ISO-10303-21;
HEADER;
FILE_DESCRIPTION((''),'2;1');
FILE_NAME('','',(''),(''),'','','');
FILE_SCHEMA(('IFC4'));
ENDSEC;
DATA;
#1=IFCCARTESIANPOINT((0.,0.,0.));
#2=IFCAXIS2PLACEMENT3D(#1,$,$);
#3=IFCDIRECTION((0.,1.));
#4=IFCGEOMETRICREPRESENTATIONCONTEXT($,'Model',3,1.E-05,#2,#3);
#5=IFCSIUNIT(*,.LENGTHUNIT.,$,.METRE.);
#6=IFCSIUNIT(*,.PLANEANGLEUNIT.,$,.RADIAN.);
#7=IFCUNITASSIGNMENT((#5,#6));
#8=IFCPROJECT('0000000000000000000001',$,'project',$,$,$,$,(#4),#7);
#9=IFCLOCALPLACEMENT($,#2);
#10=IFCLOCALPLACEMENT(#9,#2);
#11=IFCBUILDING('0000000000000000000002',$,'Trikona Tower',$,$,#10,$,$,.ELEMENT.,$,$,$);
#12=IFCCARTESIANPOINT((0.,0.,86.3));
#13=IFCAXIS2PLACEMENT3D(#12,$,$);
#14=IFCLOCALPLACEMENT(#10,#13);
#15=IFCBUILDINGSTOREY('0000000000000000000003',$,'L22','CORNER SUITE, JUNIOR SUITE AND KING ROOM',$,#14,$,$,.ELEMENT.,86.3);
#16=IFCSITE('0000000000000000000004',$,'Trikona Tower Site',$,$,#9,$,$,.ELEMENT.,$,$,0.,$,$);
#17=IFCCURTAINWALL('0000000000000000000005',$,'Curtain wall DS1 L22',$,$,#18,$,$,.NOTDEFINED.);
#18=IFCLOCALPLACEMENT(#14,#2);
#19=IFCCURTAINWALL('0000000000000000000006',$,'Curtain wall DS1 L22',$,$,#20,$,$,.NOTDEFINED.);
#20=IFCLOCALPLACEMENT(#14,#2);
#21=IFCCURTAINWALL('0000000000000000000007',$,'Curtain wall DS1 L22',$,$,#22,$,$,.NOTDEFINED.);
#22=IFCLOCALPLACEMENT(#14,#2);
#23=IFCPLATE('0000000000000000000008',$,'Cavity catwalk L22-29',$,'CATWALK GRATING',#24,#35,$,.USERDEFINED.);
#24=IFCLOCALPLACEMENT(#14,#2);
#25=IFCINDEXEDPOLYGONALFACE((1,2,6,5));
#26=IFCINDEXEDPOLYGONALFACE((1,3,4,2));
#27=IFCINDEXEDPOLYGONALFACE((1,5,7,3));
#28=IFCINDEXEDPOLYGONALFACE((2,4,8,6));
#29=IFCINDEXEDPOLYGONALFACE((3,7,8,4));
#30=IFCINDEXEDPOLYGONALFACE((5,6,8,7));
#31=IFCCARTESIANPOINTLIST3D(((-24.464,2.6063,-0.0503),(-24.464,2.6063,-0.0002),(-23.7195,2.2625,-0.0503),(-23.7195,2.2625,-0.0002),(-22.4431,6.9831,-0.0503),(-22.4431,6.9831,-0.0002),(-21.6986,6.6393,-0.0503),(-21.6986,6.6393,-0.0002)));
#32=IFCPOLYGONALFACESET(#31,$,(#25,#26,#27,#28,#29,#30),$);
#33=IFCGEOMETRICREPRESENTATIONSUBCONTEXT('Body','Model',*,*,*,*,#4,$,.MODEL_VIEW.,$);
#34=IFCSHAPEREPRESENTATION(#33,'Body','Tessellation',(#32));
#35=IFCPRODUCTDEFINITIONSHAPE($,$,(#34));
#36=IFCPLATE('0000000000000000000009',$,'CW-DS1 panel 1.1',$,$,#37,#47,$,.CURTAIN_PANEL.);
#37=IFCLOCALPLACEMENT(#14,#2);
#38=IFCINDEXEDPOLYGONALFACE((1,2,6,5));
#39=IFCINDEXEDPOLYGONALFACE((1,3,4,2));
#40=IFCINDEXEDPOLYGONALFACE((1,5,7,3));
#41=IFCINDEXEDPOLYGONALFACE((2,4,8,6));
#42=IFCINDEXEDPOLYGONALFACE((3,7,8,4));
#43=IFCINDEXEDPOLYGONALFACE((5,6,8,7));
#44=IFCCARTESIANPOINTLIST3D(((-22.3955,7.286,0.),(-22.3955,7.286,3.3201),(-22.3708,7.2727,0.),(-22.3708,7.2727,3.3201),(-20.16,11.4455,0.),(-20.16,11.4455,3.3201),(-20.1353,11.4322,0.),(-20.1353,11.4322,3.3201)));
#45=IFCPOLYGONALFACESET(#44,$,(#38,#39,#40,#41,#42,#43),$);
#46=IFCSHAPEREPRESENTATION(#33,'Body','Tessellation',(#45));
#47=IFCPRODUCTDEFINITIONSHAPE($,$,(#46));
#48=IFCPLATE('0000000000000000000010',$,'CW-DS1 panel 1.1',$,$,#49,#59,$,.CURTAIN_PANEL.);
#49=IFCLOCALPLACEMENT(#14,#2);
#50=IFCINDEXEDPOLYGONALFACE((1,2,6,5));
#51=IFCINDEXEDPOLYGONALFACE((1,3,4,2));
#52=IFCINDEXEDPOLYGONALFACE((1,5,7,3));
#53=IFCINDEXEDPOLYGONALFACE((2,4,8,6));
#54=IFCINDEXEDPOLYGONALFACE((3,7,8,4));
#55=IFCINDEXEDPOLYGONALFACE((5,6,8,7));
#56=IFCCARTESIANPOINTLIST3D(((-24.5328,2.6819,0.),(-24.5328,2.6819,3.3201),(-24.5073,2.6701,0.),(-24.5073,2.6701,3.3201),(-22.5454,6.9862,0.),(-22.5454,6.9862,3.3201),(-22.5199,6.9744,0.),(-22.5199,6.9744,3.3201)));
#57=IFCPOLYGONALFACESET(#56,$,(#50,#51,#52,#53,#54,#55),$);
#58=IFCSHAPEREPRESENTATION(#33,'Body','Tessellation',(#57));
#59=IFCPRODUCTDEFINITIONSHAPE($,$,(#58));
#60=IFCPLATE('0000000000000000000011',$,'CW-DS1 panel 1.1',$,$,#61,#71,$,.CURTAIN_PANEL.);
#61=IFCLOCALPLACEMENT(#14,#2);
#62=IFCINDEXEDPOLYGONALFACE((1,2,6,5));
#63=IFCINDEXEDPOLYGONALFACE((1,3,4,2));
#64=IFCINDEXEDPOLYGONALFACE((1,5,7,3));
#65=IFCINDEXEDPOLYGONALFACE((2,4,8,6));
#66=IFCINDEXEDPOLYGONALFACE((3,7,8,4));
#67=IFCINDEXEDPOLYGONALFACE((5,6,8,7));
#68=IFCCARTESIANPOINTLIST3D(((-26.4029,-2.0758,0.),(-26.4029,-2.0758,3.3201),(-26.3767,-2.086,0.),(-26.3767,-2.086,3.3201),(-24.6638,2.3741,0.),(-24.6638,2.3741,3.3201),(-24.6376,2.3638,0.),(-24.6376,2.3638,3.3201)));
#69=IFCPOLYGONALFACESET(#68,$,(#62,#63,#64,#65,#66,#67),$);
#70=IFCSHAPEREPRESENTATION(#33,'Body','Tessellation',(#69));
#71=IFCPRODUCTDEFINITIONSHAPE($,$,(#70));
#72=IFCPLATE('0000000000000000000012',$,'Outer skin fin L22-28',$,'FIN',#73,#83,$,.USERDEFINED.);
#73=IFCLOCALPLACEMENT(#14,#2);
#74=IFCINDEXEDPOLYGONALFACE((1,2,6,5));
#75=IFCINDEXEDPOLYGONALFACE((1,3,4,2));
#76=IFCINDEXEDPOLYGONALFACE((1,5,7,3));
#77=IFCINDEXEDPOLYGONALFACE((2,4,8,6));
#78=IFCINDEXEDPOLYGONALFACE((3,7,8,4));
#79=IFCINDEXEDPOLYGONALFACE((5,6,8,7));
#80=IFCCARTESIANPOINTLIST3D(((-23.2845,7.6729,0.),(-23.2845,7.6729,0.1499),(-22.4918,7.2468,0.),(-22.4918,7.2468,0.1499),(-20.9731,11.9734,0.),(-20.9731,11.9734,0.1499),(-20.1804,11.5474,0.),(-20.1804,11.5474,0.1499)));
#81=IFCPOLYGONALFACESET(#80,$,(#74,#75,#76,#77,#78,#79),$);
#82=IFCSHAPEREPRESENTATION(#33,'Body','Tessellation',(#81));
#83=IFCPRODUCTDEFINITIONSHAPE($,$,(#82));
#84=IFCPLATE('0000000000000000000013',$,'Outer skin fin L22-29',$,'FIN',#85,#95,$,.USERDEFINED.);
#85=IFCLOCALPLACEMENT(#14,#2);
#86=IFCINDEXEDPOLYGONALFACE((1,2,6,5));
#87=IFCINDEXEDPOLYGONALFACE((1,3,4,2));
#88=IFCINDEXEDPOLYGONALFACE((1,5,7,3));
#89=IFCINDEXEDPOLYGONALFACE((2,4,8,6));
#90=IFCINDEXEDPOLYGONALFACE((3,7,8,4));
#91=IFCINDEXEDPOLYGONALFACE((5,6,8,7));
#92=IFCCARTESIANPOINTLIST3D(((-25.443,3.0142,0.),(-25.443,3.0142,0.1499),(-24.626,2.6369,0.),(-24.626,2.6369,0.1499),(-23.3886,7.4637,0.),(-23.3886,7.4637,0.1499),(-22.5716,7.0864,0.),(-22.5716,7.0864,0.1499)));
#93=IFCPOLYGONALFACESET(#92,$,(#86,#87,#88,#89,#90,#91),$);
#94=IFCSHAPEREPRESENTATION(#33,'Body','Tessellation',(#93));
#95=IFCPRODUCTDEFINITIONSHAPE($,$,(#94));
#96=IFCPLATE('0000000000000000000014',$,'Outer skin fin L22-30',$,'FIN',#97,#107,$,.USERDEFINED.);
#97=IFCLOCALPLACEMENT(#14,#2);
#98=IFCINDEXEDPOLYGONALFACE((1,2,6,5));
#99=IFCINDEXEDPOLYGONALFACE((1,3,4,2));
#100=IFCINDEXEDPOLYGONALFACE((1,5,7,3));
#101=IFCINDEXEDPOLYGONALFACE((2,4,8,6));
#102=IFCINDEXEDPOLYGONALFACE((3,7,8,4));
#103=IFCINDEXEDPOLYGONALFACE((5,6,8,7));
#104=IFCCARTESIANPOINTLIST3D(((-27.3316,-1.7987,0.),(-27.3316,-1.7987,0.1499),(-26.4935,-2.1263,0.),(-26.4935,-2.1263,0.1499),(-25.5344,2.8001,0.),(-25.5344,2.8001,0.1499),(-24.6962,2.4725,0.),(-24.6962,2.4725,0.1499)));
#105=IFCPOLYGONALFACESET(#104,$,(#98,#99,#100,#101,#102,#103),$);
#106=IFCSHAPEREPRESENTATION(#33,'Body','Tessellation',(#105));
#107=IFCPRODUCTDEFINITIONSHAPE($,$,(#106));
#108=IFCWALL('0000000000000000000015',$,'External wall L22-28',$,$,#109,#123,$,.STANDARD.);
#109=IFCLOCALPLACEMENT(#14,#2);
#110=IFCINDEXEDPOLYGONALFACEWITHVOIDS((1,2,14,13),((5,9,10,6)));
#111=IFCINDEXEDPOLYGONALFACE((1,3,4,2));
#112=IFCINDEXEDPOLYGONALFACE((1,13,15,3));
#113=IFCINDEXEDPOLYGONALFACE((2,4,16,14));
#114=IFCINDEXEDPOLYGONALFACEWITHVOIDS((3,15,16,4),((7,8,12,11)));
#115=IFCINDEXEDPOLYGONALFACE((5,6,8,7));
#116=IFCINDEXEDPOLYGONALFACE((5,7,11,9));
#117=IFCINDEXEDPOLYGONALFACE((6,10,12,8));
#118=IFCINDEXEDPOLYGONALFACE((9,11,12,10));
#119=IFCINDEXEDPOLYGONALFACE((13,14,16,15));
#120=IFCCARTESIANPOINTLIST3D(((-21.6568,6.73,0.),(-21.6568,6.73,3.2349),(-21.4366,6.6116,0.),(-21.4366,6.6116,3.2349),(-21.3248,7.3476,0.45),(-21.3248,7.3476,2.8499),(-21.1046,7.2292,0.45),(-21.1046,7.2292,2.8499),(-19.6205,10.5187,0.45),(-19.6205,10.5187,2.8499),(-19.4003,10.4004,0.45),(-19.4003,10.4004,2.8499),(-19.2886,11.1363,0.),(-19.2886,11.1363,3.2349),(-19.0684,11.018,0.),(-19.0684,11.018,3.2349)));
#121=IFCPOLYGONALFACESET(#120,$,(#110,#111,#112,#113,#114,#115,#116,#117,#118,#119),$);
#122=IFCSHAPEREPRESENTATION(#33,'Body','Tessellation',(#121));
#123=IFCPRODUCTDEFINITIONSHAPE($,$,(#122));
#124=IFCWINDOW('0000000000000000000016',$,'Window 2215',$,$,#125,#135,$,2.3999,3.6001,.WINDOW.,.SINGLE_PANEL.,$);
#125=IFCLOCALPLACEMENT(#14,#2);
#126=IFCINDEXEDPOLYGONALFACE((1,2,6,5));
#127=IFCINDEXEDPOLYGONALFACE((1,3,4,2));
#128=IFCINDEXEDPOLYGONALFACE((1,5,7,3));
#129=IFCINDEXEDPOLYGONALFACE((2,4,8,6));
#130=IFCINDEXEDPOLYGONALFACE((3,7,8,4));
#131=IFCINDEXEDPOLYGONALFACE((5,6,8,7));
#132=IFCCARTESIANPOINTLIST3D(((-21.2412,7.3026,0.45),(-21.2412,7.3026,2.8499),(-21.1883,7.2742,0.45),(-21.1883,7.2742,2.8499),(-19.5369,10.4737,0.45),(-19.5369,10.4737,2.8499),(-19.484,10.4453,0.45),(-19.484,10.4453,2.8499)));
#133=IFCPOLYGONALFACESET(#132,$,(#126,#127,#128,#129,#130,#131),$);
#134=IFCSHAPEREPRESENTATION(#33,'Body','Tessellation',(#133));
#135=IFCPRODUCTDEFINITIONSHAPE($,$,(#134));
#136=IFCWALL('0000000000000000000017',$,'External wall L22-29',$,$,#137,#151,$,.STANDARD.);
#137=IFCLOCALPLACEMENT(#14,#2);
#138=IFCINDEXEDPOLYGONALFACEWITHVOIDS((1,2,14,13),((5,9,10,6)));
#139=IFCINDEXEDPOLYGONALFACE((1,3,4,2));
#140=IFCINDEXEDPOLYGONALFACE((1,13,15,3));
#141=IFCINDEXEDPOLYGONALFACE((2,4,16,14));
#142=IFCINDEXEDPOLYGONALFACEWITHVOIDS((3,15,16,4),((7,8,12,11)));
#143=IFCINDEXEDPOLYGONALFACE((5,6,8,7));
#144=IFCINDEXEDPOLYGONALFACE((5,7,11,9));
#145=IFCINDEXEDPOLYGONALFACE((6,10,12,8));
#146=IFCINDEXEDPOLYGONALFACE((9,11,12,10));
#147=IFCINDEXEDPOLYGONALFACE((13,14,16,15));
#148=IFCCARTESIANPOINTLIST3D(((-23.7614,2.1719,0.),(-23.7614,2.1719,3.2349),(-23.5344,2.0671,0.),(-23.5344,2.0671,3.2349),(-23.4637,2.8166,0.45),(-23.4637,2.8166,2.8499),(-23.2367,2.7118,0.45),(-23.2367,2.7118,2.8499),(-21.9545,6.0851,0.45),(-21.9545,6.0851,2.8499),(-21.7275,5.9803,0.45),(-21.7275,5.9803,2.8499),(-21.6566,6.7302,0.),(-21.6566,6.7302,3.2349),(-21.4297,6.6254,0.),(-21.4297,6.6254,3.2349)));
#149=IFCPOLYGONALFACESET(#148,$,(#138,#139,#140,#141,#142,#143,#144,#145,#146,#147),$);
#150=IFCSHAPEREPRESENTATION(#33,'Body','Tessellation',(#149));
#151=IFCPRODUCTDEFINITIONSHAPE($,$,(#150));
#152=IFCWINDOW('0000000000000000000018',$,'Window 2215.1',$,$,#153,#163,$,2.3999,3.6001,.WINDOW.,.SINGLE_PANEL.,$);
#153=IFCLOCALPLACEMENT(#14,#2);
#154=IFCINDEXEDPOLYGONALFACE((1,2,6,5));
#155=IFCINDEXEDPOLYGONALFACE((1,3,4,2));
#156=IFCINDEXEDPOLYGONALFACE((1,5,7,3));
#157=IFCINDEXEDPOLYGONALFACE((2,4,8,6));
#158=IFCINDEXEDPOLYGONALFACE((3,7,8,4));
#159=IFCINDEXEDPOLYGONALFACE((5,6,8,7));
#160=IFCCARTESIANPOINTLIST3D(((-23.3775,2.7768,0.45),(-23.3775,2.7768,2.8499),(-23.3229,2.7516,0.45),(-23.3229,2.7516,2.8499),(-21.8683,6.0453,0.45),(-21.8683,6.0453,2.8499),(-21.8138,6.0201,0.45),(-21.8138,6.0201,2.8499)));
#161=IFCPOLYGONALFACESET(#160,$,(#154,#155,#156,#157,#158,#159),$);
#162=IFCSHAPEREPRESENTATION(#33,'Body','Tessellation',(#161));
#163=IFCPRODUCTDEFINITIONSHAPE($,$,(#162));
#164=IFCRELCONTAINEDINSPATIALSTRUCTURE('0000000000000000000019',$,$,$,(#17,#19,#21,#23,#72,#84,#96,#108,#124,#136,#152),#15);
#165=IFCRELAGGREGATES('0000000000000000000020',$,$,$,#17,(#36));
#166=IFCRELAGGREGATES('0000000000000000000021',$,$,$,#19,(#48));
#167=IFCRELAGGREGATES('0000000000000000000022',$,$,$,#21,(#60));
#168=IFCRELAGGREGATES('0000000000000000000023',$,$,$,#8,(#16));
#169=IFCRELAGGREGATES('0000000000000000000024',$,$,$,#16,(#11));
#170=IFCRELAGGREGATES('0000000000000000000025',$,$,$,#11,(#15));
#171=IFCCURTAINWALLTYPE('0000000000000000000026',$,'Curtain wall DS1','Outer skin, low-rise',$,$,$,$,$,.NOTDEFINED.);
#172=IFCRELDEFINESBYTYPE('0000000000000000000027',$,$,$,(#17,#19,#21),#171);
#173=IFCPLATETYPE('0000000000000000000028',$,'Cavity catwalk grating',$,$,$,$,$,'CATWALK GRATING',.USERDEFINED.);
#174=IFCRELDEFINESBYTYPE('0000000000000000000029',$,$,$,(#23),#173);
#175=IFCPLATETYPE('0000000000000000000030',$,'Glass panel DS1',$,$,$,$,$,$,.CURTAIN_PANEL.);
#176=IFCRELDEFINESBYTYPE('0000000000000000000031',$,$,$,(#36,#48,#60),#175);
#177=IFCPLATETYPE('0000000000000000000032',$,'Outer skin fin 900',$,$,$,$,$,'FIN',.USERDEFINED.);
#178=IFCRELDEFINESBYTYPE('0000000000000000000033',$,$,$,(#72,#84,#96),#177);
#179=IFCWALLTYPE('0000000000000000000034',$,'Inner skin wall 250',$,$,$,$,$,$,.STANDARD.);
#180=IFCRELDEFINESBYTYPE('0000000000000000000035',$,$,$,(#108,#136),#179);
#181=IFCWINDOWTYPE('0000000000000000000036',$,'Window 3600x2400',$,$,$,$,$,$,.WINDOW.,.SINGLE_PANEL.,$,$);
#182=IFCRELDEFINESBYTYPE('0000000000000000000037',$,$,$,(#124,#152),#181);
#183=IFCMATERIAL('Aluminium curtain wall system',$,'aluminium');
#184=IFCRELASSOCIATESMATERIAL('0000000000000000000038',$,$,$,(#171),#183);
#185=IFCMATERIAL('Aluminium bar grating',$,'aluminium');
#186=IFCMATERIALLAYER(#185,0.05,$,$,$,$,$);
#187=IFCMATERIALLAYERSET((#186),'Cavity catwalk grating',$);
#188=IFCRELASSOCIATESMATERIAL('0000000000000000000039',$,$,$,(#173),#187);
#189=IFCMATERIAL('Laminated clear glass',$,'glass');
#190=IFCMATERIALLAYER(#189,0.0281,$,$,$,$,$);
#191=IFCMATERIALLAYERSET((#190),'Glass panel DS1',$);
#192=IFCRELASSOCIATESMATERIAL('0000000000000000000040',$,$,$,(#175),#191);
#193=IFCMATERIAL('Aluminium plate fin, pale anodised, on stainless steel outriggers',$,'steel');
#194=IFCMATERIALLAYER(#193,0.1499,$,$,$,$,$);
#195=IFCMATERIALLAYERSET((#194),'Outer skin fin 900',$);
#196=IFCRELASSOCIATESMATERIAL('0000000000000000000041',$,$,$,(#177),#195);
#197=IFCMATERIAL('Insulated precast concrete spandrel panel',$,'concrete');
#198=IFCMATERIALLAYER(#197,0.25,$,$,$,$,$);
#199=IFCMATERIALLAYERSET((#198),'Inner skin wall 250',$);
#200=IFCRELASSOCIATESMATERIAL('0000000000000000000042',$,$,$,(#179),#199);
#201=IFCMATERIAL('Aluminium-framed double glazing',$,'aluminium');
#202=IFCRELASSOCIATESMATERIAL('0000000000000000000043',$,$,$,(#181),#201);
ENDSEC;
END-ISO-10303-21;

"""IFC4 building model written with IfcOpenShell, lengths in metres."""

from ifc_helpers import new_model, si_unit, direction, frame, frame_2d, origin, origin_2d, place, context, subcontext, project, spatial, rectangle, extrude, material, layer, layer_set, type_object, element, fill, aggregate, save


model = new_model("IFC4")

# Units and contexts
model_context = context("Model", 3, precision=1e-05, world=origin(), true_north=direction((0.0, 1.0)))
body_context = subcontext(model_context, "Body", "Model", "MODEL_VIEW")
ifc_project = project(units=[si_unit("LENGTHUNIT", "METRE"), si_unit("PLANEANGLEUNIT", "RADIAN")], contexts=[model_context])

# Site, building, storey
site_placement = place(None, origin())
site = spatial("IfcSite", under=ifc_project, at=site_placement, Name="Trikona Tower Site", CompositionType="ELEMENT", RefElevation=0.0)
building_placement = place(site_placement, origin())
building = spatial("IfcBuilding", under=site, at=building_placement, Name="Trikona Tower", CompositionType="ELEMENT")
storey_placement = place(building_placement, frame((0.0, 0.0, 86.3)))
storey = spatial("IfcBuildingStorey", under=building, at=storey_placement, Name="L22", Description="CORNER SUITE, JUNIOR SUITE AND KING ROOM", CompositionType="ELEMENT", Elevation=86.3)

# Shared definitions
ifc_material_1 = material(Name="Aluminium curtain wall system", Category="aluminium")
curtain_wall_type = type_object("IfcCurtainWallType", Name="Curtain wall DS1", Description="Outer skin, low-rise", PredefinedType="NOTDEFINED", material=ifc_material_1)

# Curtain walls
curtain_wall_1_placement = place(storey_placement, origin())
curtain_wall_1 = element("IfcCurtainWall", 1, at=curtain_wall_1_placement, inside=storey, type_object=curtain_wall_type, Name="Curtain wall DS1 L22", PredefinedType="NOTDEFINED")
curtain_wall_2_placement = place(storey_placement, origin())
curtain_wall_2 = element("IfcCurtainWall", 2, at=curtain_wall_2_placement, inside=storey, type_object=curtain_wall_type, Name="Curtain wall DS1 L22", PredefinedType="NOTDEFINED")

# Curtain wall
curtain_wall_3_placement = place(storey_placement, origin())
curtain_wall_3 = element("IfcCurtainWall", 3, at=curtain_wall_3_placement, inside=storey, type_object=curtain_wall_type, Name="Curtain wall DS1 L22", PredefinedType="NOTDEFINED")

# Plate
ifc_material_2 = material(Name="Aluminium bar grating", Category="aluminium")
ifc_layer_1 = layer(ifc_material_2, 0.05)
ifc_layer_set_1 = layer_set([ifc_layer_1], Name="Cavity catwalk grating")
plate_type_1 = type_object("IfcPlateType", Name="Cavity catwalk grating", ElementType="CATWALK GRATING", PredefinedType="USERDEFINED", material=ifc_layer_set_1)
plate_1_placement = place(storey_placement, frame((-23.0813, 4.6228, -0.0503), z_axis=(0.0, 0.0, 1.0), x_axis=(-0.419194, -0.907897, 0.0)))
element("IfcPlate", 4, at=plate_1_placement, inside=storey, type_object=plate_type_1, Name="Cavity catwalk L22-29", ObjectType="CATWALK GRATING", PredefinedType="USERDEFINED", context=body_context, shape_type="SweptSolid", body=[
    extrude(rectangle(XDim=4.8208, YDim=0.8201, at=origin_2d()), origin(), (0.0, 0.0, 1.0), 0.05),
])

# Plates
ifc_material_3 = material(Name="Laminated clear glass", Category="glass")
ifc_layer_2 = layer(ifc_material_3, 0.0281)
ifc_layer_set_2 = layer_set([ifc_layer_2], Name="Glass panel DS1")
plate_type_2 = type_object("IfcPlateType", Name="Glass panel DS1", PredefinedType="CURTAIN_PANEL", material=ifc_layer_set_2)
plate_2_placement = place(storey_placement, frame((-21.2654, 9.3591, 0.0), z_axis=(0.0, 0.0, 1.0), x_axis=(-0.473408, -0.880843, 0.0)))
plate_2 = element("IfcPlate", 5, at=plate_2_placement, type_object=plate_type_2, Name="CW-DS1 panel 1.1", PredefinedType="CURTAIN_PANEL", context=body_context, shape_type="SweptSolid", body=[
    extrude(rectangle(XDim=4.7222, YDim=0.0281, at=origin_2d()), origin(), (0.0, 0.0, 1.0), 3.3201),
])
aggregate(curtain_wall_1, [plate_2])
plate_3_placement = place(storey_placement, frame((-23.5264, 4.8281, 0.0), z_axis=(0.0, 0.0, 1.0), x_axis=(-0.41919, -0.907898, 0.0)))
plate_3 = element("IfcPlate", 6, at=plate_3_placement, type_object=plate_type_2, Name="CW-DS1 panel 1.1", PredefinedType="CURTAIN_PANEL", context=body_context, shape_type="SweptSolid", body=[
    extrude(rectangle(XDim=4.741, YDim=0.0281, at=origin_2d()), origin(), (0.0, 0.0, 1.0), 3.3201),
])
aggregate(curtain_wall_2, [plate_3])
plate_4_placement = place(storey_placement, frame((-25.5203, 0.144, 0.0), z_axis=(0.0, 0.0, 1.0), x_axis=(-0.364008, -0.931396, 0.0)))
plate_4 = element("IfcPlate", 7, at=plate_4_placement, type_object=plate_type_2, Name="CW-DS1 panel 1.1", PredefinedType="CURTAIN_PANEL", context=body_context, shape_type="SweptSolid", body=[
    extrude(rectangle(XDim=4.7776, YDim=0.0281, at=origin_2d()), origin(), (0.0, 0.0, 1.0), 3.3201),
])
aggregate(curtain_wall_3, [plate_4])

# Plates
ifc_material_4 = material(Name="Aluminium plate fin, pale anodised, on stainless steel outriggers", Category="steel")
ifc_layer_3 = layer(ifc_material_4, 0.1499)
ifc_layer_set_3 = layer_set([ifc_layer_3], Name="Outer skin fin 900")
plate_type_3 = type_object("IfcPlateType", Name="Outer skin fin 900", ElementType="FIN", PredefinedType="USERDEFINED", material=ifc_layer_set_3)
plate_5_placement = place(storey_placement, frame((-21.7324, 9.6101, 0.0), z_axis=(0.0, 0.0, 1.0), x_axis=(-0.473423, -0.880835, 0.0)))
element("IfcPlate", 8, at=plate_5_placement, inside=storey, type_object=plate_type_3, Name="Outer skin fin L22-28", ObjectType="FIN", PredefinedType="USERDEFINED", context=body_context, shape_type="SweptSolid", body=[
    extrude(rectangle(XDim=4.8823, YDim=0.8999, at=origin_2d()), origin(), (0.0, 0.0, 1.0), 0.1499),
])
plate_6_placement = place(storey_placement, frame((-24.0073, 5.0503, 0.0), z_axis=(0.0, 0.0, 1.0), x_axis=(-0.419194, -0.907897, 0.0)))
element("IfcPlate", 9, at=plate_6_placement, inside=storey, type_object=plate_type_3, Name="Outer skin fin L22-29", ObjectType="FIN", PredefinedType="USERDEFINED", context=body_context, shape_type="SweptSolid", body=[
    extrude(rectangle(XDim=4.9009, YDim=0.8999, at=origin_2d()), origin(), (0.0, 0.0, 1.0), 0.1499),
])
plate_7_placement = place(storey_placement, frame((-26.0139, 0.3369, 0.0), z_axis=(0.0, 0.0, 1.0), x_axis=(-0.364009, -0.931395, 0.0)))
element("IfcPlate", 10, at=plate_7_placement, inside=storey, type_object=plate_type_3, Name="Outer skin fin L22-30", ObjectType="FIN", PredefinedType="USERDEFINED", context=body_context, shape_type="SweptSolid", body=[
    extrude(rectangle(XDim=4.9375, YDim=0.8999, at=origin_2d()), origin(), (0.0, 0.0, 1.0), 0.1499),
])

# Walls, openings, windows
ifc_material_5 = material(Name="Insulated precast concrete spandrel panel", Category="concrete")
ifc_layer_4 = layer(ifc_material_5, 0.25)
ifc_layer_set_4 = layer_set([ifc_layer_4], Name="Inner skin wall 250")
wall_type = type_object("IfcWallType", Name="Inner skin wall 250", PredefinedType="STANDARD", material=ifc_layer_set_4)
wall_1_placement = place(storey_placement, frame((-19.1785, 11.0771, 0.0), z_axis=(0.0, 0.0, 1.0), x_axis=(-0.473413, -0.880841, 0.0)))
wall_1 = element("IfcWall", 11, at=wall_1_placement, inside=storey, type_object=wall_type, Name="External wall L22-28", PredefinedType="STANDARD", context=body_context, shape_type="SweptSolid", body=[
    extrude(rectangle(XDim=5.0024, YDim=0.25, at=frame_2d((2.5012, 0.0))), origin(), (0.0, 0.0, 1.0), 3.2349),
])
opening_1_placement = place(wall_1_placement, frame((0.7012, 0.0, 0.45)))
opening_1 = element("IfcOpeningElement", 12, at=opening_1_placement, cuts=wall_1, PredefinedType="OPENING", context=body_context, shape_type="SweptSolid", body=[
    extrude(rectangle(XDim=3.6001, YDim=2.3999, at=frame_2d((1.8, 1.2))), frame((0.0, 0.135, 0.0), z_axis=(0.0, -1.0, 0.0), x_axis=(1.0, 0.0, 0.0)), (0.0, 0.0, 1.0), 0.27),
])
ifc_material_6 = material(Name="Aluminium-framed double glazing", Category="aluminium")
window_type = type_object("IfcWindowType", Name="Window 3600x2400", PartitioningType="SINGLE_PANEL", PredefinedType="WINDOW", material=ifc_material_6)
window_1_placement = place(opening_1_placement, origin())
window_1 = element("IfcWindow", 13, at=window_1_placement, inside=storey, type_object=window_type, Name="Window 2215", OverallHeight=2.3999, OverallWidth=3.6001, PartitioningType="SINGLE_PANEL", PredefinedType="WINDOW", context=body_context, shape_type="SweptSolid", body=[
    extrude(rectangle(XDim=3.6001, YDim=2.3999, at=frame_2d((1.8, 1.2))), frame((0.0, 0.03, 0.0), z_axis=(0.0, -1.0, 0.0), x_axis=(1.0, 0.0, 0.0)), (0.0, 0.0, 1.0), 0.0601),
])
fill(opening_1, window_1)
wall_2_placement = place(storey_placement, frame((-21.5432, 6.6777, 0.0), z_axis=(0.0, 0.0, 1.0), x_axis=(-0.419203, -0.907892, 0.0)))
wall_2 = element("IfcWall", 14, at=wall_2_placement, inside=storey, type_object=wall_type, Name="External wall L22-29", PredefinedType="STANDARD", context=body_context, shape_type="SweptSolid", body=[
    extrude(rectangle(XDim=5.0208, YDim=0.25, at=frame_2d((2.5103, 0.0))), origin(), (0.0, 0.0, 1.0), 3.2349),
])
opening_2_placement = place(wall_2_placement, frame((0.7104, 0.0, 0.45)))
opening_2 = element("IfcOpeningElement", 15, at=opening_2_placement, cuts=wall_2, PredefinedType="OPENING", context=body_context, shape_type="SweptSolid", body=[
    extrude(rectangle(XDim=3.6001, YDim=2.3999, at=frame_2d((1.8, 1.2))), frame((0.0, 0.135, 0.0), z_axis=(0.0, -1.0, 0.0), x_axis=(1.0, 0.0, 0.0)), (0.0, 0.0, 1.0), 0.27),
])
window_2_placement = place(opening_2_placement, origin())
window_2 = element("IfcWindow", 16, at=window_2_placement, inside=storey, type_object=window_type, Name="Window 2215.1", OverallHeight=2.3999, OverallWidth=3.6001, PartitioningType="SINGLE_PANEL", PredefinedType="WINDOW", context=body_context, shape_type="SweptSolid", body=[
    extrude(rectangle(XDim=3.6001, YDim=2.3999, at=frame_2d((1.8, 1.2))), frame((0.0, 0.03, 0.0), z_axis=(0.0, -1.0, 0.0), x_axis=(1.0, 0.0, 0.0)), (0.0, 0.0, 1.0), 0.0601),
])
fill(opening_2, window_2)

save(model, "model.ifc")
